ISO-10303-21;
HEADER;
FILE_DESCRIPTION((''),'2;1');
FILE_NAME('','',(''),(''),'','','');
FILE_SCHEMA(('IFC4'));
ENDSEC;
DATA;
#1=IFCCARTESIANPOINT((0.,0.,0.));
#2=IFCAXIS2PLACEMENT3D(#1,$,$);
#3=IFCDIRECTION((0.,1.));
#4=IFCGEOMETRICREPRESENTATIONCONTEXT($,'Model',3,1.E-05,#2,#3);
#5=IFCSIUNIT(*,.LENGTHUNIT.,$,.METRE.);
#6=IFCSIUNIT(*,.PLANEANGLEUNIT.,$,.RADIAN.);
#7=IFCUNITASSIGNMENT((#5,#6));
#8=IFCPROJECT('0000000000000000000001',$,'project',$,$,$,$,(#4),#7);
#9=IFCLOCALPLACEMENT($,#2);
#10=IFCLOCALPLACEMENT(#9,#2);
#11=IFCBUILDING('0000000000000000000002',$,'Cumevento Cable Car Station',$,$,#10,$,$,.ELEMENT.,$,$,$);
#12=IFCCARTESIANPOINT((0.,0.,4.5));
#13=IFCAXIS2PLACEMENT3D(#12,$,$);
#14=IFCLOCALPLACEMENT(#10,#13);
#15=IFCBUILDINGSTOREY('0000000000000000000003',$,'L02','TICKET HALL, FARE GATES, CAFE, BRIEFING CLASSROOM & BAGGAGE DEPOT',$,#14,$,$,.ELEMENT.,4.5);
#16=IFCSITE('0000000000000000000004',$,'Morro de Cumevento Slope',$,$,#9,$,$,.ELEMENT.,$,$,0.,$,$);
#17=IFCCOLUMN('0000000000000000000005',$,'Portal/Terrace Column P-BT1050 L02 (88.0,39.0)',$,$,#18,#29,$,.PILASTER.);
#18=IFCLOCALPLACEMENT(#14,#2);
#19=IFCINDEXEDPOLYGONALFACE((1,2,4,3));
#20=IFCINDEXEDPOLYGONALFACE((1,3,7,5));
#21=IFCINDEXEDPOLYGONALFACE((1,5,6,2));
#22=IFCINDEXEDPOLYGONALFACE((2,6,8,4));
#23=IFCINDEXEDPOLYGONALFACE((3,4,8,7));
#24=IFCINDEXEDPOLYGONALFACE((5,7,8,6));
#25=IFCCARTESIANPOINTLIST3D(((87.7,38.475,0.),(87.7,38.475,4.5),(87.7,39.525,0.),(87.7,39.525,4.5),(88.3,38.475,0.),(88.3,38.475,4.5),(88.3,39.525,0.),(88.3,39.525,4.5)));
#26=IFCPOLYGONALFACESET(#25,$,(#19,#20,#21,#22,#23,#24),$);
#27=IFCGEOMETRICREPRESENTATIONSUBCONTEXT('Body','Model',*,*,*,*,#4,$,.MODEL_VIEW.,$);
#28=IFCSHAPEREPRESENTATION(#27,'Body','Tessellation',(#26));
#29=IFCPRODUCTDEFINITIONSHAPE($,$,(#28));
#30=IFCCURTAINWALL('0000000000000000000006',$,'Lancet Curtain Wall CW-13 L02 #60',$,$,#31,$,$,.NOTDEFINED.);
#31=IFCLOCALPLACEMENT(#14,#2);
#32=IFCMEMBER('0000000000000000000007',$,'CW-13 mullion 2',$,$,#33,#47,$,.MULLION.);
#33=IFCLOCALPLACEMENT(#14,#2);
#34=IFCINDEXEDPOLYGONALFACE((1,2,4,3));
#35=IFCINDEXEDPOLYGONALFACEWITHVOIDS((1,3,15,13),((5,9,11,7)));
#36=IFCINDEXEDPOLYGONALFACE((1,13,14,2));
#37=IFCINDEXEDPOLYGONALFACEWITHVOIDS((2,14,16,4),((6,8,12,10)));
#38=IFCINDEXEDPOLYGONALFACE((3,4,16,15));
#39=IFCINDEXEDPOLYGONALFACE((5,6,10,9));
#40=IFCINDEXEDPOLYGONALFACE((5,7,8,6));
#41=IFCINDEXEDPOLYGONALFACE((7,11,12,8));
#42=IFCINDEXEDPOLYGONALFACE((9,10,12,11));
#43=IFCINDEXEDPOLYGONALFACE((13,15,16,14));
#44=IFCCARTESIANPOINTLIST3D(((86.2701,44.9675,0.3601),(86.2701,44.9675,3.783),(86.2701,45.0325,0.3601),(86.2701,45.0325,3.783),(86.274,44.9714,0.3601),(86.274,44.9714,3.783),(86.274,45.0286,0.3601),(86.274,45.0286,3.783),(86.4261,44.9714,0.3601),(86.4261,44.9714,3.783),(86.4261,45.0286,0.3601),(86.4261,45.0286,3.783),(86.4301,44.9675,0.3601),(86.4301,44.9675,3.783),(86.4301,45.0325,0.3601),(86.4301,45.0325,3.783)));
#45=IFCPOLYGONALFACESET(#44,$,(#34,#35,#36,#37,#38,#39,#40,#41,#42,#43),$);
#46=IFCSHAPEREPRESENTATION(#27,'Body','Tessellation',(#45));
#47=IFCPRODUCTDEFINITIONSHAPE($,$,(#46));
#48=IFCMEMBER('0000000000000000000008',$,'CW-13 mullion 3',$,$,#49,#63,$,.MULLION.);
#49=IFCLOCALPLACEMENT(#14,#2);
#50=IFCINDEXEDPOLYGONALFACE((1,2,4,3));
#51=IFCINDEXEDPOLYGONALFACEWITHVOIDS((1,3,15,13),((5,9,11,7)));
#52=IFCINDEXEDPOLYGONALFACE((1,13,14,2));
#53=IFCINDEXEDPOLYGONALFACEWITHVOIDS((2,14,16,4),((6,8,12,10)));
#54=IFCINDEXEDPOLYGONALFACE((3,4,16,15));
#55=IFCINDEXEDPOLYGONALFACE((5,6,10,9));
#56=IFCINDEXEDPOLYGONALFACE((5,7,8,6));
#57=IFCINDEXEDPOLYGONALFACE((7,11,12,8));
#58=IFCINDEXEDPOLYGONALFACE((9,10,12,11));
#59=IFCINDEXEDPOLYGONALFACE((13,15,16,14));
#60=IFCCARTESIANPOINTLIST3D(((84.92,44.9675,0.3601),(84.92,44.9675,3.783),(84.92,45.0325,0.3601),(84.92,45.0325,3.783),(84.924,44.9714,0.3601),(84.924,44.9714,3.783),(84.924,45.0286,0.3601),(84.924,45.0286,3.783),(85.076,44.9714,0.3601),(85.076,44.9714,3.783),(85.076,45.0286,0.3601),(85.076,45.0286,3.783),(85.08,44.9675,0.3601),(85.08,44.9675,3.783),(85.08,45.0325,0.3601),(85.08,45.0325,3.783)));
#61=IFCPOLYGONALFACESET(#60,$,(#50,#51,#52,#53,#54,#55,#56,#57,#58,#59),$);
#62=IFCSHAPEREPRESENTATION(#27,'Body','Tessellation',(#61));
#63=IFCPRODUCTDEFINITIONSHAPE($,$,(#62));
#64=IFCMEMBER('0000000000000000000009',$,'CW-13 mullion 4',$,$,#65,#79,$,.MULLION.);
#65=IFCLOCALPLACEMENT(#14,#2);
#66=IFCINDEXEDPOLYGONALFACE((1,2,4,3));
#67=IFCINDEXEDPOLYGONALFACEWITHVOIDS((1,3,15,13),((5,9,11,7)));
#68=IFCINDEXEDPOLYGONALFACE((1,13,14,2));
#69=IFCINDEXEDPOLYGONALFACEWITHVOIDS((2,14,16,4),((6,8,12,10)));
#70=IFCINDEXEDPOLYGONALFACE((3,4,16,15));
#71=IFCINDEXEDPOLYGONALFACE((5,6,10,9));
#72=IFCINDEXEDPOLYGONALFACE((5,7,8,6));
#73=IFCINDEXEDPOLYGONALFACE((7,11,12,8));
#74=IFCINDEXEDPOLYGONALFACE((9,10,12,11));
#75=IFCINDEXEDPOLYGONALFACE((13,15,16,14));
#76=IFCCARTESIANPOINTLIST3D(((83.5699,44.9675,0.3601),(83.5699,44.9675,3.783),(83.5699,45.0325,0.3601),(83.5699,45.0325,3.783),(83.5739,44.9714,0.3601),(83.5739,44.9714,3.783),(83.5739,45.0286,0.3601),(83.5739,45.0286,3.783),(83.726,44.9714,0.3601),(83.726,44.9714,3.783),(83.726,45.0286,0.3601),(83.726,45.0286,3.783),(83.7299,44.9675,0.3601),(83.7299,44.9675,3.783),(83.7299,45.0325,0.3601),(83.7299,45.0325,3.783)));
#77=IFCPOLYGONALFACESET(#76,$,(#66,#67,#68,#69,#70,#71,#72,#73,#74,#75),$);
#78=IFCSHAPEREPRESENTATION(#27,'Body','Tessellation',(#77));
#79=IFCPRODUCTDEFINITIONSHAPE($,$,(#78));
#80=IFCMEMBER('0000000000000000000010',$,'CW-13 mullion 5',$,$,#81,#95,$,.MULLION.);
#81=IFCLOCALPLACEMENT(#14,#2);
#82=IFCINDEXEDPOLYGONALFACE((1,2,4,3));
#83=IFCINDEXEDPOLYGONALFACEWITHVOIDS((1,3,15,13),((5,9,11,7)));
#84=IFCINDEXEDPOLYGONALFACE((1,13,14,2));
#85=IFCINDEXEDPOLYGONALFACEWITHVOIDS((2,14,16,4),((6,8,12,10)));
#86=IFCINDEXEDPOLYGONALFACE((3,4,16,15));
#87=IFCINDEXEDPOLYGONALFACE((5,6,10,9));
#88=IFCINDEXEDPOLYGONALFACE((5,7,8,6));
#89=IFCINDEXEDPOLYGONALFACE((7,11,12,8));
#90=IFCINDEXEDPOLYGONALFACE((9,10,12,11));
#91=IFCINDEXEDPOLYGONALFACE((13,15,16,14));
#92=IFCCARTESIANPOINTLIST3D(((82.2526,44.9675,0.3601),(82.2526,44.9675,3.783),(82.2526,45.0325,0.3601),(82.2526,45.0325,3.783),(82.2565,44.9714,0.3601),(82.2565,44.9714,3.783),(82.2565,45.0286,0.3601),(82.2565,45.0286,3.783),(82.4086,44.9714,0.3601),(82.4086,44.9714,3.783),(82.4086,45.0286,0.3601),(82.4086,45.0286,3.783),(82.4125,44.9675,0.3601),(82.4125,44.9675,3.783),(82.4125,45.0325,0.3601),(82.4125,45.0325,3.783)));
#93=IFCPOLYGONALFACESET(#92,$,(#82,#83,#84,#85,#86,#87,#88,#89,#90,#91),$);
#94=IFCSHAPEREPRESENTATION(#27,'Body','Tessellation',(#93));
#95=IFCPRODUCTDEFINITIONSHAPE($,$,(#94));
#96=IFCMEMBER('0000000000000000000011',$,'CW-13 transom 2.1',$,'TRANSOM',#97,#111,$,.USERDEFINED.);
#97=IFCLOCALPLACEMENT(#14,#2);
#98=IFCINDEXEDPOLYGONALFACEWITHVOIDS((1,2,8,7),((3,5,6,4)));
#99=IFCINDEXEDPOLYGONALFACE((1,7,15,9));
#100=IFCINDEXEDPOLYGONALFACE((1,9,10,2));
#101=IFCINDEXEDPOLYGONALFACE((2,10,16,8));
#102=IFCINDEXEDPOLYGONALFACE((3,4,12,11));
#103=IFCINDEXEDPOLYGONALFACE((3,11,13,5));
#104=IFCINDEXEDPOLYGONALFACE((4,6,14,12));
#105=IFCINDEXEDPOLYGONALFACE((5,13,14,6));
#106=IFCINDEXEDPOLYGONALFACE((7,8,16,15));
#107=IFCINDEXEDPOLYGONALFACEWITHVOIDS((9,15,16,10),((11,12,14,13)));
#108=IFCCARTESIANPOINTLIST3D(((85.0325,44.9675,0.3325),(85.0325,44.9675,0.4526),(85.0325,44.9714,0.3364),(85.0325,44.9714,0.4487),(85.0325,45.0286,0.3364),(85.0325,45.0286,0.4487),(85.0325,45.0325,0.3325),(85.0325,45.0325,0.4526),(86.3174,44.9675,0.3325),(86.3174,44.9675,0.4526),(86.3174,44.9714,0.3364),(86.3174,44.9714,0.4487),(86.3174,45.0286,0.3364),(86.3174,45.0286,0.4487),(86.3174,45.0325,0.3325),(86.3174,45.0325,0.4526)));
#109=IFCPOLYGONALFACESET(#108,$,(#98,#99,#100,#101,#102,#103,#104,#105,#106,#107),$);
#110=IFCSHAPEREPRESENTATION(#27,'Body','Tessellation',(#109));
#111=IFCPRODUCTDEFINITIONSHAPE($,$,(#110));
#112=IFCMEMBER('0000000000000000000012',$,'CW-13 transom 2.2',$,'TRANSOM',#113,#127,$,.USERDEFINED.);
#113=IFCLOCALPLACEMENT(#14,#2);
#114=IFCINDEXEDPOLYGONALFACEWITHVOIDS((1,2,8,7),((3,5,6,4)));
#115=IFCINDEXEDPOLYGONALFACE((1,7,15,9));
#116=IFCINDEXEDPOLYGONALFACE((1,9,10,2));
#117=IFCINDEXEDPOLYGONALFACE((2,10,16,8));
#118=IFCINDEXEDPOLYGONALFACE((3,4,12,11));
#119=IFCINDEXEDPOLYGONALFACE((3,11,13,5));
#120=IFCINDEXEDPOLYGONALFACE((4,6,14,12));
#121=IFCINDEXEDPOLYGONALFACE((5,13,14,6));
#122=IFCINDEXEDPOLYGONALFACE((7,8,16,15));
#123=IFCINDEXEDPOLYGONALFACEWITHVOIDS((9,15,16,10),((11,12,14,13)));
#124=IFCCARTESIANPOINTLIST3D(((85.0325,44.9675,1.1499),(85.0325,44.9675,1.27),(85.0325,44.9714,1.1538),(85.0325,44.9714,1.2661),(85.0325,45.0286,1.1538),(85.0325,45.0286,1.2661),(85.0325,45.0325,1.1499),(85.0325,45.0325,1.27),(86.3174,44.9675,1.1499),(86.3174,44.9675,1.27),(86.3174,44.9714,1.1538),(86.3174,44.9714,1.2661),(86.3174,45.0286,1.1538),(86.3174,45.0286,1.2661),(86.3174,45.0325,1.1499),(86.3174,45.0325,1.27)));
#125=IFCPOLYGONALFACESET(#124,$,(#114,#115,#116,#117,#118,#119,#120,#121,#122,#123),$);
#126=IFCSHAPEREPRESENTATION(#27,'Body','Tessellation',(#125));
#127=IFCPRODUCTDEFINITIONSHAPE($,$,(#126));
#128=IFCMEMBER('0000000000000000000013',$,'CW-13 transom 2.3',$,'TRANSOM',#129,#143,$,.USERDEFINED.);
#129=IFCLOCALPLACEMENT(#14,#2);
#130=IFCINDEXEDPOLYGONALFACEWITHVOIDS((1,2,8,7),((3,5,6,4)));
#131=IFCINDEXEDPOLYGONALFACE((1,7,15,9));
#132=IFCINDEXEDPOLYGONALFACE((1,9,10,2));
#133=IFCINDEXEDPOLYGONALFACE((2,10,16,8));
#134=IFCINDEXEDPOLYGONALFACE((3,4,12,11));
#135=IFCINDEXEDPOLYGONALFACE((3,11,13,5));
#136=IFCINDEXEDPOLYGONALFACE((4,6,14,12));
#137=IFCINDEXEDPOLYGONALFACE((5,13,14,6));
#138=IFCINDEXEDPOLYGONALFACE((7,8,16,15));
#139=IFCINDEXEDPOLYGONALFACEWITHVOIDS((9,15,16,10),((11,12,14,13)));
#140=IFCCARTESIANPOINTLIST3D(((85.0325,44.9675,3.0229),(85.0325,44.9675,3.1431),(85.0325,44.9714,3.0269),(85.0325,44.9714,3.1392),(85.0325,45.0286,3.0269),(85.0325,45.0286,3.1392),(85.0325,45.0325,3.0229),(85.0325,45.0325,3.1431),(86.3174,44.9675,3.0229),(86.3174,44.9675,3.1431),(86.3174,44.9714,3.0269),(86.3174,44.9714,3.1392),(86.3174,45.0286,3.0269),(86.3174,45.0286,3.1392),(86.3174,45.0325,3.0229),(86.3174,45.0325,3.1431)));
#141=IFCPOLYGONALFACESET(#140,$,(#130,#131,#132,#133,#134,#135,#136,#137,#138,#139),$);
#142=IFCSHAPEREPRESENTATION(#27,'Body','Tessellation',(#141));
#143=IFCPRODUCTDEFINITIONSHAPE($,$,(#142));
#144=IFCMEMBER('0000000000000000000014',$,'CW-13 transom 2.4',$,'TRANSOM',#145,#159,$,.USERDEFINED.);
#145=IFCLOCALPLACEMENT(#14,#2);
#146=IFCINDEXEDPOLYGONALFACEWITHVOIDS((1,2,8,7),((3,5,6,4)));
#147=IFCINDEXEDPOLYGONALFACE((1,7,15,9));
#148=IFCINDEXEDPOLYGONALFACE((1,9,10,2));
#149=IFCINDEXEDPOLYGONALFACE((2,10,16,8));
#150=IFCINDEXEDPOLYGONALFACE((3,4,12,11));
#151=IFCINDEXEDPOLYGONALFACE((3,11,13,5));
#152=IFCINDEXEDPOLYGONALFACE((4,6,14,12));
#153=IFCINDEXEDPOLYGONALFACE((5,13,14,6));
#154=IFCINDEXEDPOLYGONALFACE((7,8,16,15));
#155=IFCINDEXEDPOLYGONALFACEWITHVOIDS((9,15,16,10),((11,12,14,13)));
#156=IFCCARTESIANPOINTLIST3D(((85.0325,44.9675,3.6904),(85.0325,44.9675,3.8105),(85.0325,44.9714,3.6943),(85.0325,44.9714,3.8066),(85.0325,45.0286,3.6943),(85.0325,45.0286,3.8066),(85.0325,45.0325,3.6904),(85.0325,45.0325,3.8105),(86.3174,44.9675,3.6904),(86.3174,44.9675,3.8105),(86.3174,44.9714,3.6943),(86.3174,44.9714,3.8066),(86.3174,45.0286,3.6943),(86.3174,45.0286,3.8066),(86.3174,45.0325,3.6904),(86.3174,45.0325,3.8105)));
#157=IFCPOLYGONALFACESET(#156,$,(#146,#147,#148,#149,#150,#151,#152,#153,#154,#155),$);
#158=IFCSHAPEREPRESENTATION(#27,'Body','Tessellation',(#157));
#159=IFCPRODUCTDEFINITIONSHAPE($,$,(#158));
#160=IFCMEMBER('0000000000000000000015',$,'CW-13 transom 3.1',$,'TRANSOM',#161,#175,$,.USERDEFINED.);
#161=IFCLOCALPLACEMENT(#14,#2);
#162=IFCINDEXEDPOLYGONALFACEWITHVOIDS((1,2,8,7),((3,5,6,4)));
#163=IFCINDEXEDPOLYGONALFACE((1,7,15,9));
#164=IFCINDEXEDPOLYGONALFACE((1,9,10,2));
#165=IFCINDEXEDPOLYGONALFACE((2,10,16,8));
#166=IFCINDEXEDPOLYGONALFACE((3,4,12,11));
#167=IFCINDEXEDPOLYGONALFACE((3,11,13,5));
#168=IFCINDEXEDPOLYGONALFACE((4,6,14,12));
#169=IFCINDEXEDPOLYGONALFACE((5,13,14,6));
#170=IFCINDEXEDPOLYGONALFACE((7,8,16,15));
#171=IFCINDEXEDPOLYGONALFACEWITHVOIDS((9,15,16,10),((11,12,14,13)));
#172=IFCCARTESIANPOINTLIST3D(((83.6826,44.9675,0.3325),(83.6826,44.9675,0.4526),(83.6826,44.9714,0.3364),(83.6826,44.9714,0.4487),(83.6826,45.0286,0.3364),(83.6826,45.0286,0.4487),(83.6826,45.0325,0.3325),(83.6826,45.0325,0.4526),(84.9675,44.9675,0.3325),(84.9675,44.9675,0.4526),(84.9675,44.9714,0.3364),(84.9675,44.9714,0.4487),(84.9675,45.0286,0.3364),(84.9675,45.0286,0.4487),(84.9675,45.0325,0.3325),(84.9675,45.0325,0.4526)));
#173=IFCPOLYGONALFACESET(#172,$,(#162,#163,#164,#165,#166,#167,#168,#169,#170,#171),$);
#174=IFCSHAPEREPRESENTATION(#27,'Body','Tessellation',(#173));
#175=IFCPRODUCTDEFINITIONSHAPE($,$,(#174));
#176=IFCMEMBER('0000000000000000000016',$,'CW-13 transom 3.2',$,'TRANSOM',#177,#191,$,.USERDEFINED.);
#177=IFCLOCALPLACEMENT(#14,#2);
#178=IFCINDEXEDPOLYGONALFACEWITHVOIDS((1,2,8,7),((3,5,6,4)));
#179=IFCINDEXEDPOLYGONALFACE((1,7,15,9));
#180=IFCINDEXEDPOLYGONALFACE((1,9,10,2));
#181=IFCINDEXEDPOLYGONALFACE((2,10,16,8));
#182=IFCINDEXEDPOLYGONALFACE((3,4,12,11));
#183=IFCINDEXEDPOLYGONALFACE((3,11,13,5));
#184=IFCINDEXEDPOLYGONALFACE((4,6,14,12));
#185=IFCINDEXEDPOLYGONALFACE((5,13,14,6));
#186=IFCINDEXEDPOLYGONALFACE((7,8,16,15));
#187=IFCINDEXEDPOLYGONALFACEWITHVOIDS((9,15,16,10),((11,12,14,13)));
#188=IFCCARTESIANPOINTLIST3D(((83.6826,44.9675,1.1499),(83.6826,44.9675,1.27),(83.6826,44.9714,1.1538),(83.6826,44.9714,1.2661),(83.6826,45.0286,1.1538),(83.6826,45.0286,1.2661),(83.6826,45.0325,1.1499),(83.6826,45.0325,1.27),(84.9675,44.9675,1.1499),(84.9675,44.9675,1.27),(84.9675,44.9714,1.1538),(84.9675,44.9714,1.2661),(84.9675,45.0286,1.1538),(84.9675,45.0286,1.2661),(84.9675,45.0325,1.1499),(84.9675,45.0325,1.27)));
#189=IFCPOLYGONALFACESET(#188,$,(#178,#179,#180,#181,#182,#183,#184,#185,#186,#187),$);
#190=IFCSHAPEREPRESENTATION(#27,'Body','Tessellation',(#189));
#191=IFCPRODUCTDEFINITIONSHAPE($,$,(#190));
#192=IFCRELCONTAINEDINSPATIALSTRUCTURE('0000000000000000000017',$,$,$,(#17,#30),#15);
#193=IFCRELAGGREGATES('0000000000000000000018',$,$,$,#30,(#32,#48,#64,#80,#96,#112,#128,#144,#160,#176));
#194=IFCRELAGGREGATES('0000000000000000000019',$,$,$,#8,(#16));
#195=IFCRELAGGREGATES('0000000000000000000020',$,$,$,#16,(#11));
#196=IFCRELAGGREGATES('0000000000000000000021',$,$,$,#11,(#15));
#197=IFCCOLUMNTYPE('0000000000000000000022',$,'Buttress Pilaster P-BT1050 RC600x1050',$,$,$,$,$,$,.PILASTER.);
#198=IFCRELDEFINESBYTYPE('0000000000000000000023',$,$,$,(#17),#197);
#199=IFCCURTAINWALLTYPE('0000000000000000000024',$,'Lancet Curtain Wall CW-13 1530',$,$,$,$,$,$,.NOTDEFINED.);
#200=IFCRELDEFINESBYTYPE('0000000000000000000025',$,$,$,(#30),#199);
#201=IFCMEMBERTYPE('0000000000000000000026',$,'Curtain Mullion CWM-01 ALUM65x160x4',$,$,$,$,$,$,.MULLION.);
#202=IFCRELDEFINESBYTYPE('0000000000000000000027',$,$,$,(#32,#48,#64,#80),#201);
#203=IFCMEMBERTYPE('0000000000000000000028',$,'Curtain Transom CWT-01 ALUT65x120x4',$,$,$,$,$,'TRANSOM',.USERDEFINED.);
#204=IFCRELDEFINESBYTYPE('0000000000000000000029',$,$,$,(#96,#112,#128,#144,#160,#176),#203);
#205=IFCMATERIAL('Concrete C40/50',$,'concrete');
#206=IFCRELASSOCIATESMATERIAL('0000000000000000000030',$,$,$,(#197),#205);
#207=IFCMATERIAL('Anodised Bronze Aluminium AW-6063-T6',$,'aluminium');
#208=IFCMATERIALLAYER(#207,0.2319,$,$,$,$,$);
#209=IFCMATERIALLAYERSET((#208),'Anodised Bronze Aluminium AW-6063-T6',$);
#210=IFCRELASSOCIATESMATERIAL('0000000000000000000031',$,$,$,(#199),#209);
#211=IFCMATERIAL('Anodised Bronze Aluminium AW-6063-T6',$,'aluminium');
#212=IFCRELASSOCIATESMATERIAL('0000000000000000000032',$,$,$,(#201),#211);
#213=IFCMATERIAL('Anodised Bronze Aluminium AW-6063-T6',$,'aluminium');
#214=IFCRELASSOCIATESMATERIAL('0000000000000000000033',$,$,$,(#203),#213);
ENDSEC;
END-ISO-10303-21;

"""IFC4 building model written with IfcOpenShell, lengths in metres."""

from ifc_helpers import new_model, si_unit, direction, frame, origin, origin_2d, place, context, subcontext, project, spatial, rectangle, hollow_rectangle, extrude, material, layer, layer_set, material_profile, profile_set, type_object, element, aggregate, save


model = new_model("IFC4")

# Units and contexts
model_context = context("Model", 3, precision=1e-05, world=origin(), true_north=direction((0.0, 1.0)))
body_context = subcontext(model_context, "Body", "Model", "MODEL_VIEW")
ifc_project = project(units=[si_unit("LENGTHUNIT", "METRE"), si_unit("PLANEANGLEUNIT", "RADIAN")], contexts=[model_context])

# Site, building, storey
site_placement = place(None, origin())
site = spatial("IfcSite", under=ifc_project, at=site_placement, Name="Morro de Cumevento Slope", CompositionType="ELEMENT", RefElevation=0.0)
building_placement = place(site_placement, origin())
building = spatial("IfcBuilding", under=site, at=building_placement, Name="Cumevento Cable Car Station", CompositionType="ELEMENT")
storey_placement = place(building_placement, frame((0.0, 0.0, 4.5)))
storey = spatial("IfcBuildingStorey", under=building, at=storey_placement, Name="L02", Description="TICKET HALL, FARE GATES, CAFE, BRIEFING CLASSROOM & BAGGAGE DEPOT", CompositionType="ELEMENT", Elevation=4.5)

# Column
ifc_material_1 = material(Name="Concrete C40/50", Category="concrete")
ifc_material_profile_1 = material_profile(ifc_material_1, rectangle(XDim=0.6001, YDim=1.05, at=origin_2d()), Name="RC600x1050")
ifc_profile_set_1 = profile_set([ifc_material_profile_1], Name="Concrete C40/50")
column_type = type_object("IfcColumnType", Name="Buttress Pilaster P-BT1050 RC600x1050", PredefinedType="PILASTER", material=ifc_profile_set_1)
column_placement = place(storey_placement, frame((88.0, 39.0, 0.0), z_axis=(0.0, 0.0, 1.0), x_axis=(1.0, 0.0, 0.0)))
element("IfcColumn", 1, at=column_placement, inside=storey, type_object=column_type, Name="Portal/Terrace Column P-BT1050 L02 (88.0,39.0)", PredefinedType="PILASTER", context=body_context, shape_type="SweptSolid", body=[
    extrude(rectangle(XDim=0.6001, YDim=1.05, at=origin_2d()), origin(), (0.0, 0.0, 1.0), 4.5),
])

# Curtain wall, members
ifc_material_2 = material(Name="Anodised Bronze Aluminium AW-6063-T6", Category="aluminium")
ifc_layer_1 = layer(ifc_material_2, 0.2319)
ifc_layer_set_1 = layer_set([ifc_layer_1], Name="Anodised Bronze Aluminium AW-6063-T6")
curtain_wall_type = type_object("IfcCurtainWallType", Name="Lancet Curtain Wall CW-13 1530", PredefinedType="NOTDEFINED", material=ifc_layer_set_1)
curtain_wall_placement = place(storey_placement, origin())
curtain_wall = element("IfcCurtainWall", 2, at=curtain_wall_placement, inside=storey, type_object=curtain_wall_type, Name="Lancet Curtain Wall CW-13 L02 #60", PredefinedType="NOTDEFINED")
ifc_material_3 = material(Name="Anodised Bronze Aluminium AW-6063-T6", Category="aluminium")
ifc_material_profile_2 = material_profile(ifc_material_3, hollow_rectangle(XDim=0.0649, YDim=0.1599, WallThickness=0.0039, at=origin_2d()), Name="ALUM65x160x4")
ifc_profile_set_2 = profile_set([ifc_material_profile_2], Name="Anodised Bronze Aluminium AW-6063-T6")
member_type_1 = type_object("IfcMemberType", Name="Curtain Mullion CWM-01 ALUM65x160x4", PredefinedType="MULLION", material=ifc_profile_set_2)
member_1_placement = place(storey_placement, frame((86.3501, 45.0, 0.3601), z_axis=(0.0, 0.0, 1.0), x_axis=(0.0, -1.0, 0.0)))
member_1 = element("IfcMember", 3, at=member_1_placement, type_object=member_type_1, Name="CW-13 mullion 2", PredefinedType="MULLION", context=body_context, shape_type="SweptSolid", body=[
    extrude(hollow_rectangle(XDim=0.0649, YDim=0.1599, WallThickness=0.0039, at=origin_2d()), origin(), (0.0, 0.0, 1.0), 3.4229),
])
member_2_placement = place(storey_placement, frame((85.0, 45.0, 0.3601), z_axis=(0.0, 0.0, 1.0), x_axis=(0.0, -1.0, 0.0)))
member_2 = element("IfcMember", 4, at=member_2_placement, type_object=member_type_1, Name="CW-13 mullion 3", PredefinedType="MULLION", context=body_context, shape_type="SweptSolid", body=[
    extrude(hollow_rectangle(XDim=0.0649, YDim=0.1599, WallThickness=0.0039, at=origin_2d()), origin(), (0.0, 0.0, 1.0), 3.4229),
])
member_3_placement = place(storey_placement, frame((83.6499, 45.0, 0.3601), z_axis=(0.0, 0.0, 1.0), x_axis=(0.0, -1.0, 0.0)))
member_3 = element("IfcMember", 5, at=member_3_placement, type_object=member_type_1, Name="CW-13 mullion 4", PredefinedType="MULLION", context=body_context, shape_type="SweptSolid", body=[
    extrude(hollow_rectangle(XDim=0.0649, YDim=0.1599, WallThickness=0.0039, at=origin_2d()), origin(), (0.0, 0.0, 1.0), 3.4229),
])
member_4_placement = place(storey_placement, frame((82.3325, 45.0, 0.3601), z_axis=(0.0, 0.0, 1.0), x_axis=(0.0, -1.0, 0.0)))
member_4 = element("IfcMember", 6, at=member_4_placement, type_object=member_type_1, Name="CW-13 mullion 5", PredefinedType="MULLION", context=body_context, shape_type="SweptSolid", body=[
    extrude(hollow_rectangle(XDim=0.0649, YDim=0.1599, WallThickness=0.0039, at=origin_2d()), origin(), (0.0, 0.0, 1.0), 3.4229),
])
ifc_material_4 = material(Name="Anodised Bronze Aluminium AW-6063-T6", Category="aluminium")
ifc_material_profile_3 = material_profile(ifc_material_4, hollow_rectangle(XDim=0.0649, YDim=0.1201, WallThickness=0.0039, at=origin_2d()), Name="ALUT65x120x4")
ifc_profile_set_3 = profile_set([ifc_material_profile_3], Name="Anodised Bronze Aluminium AW-6063-T6")
member_type_2 = type_object("IfcMemberType", Name="Curtain Transom CWT-01 ALUT65x120x4", ElementType="TRANSOM", PredefinedType="USERDEFINED", material=ifc_profile_set_3)
member_5_placement = place(storey_placement, frame((86.3174, 45.0, 0.3926), z_axis=(-1.0, 0.0, 0.0), x_axis=(0.0, -1.0, 0.0)))
member_5 = element("IfcMember", 7, at=member_5_placement, type_object=member_type_2, Name="CW-13 transom 2.1", ObjectType="TRANSOM", PredefinedType="USERDEFINED", context=body_context, shape_type="SweptSolid", body=[
    extrude(hollow_rectangle(XDim=0.0649, YDim=0.1201, WallThickness=0.0039, at=origin_2d()), origin(), (0.0, 0.0, 1.0), 1.2849),
])
member_6_placement = place(storey_placement, frame((86.3174, 45.0, 1.21), z_axis=(-1.0, 0.0, 0.0), x_axis=(0.0, -1.0, 0.0)))
member_6 = element("IfcMember", 8, at=member_6_placement, type_object=member_type_2, Name="CW-13 transom 2.2", ObjectType="TRANSOM", PredefinedType="USERDEFINED", context=body_context, shape_type="SweptSolid", body=[
    extrude(hollow_rectangle(XDim=0.0649, YDim=0.1201, WallThickness=0.0039, at=origin_2d()), origin(), (0.0, 0.0, 1.0), 1.2849),
])
member_7_placement = place(storey_placement, frame((86.3174, 45.0, 3.083), z_axis=(-1.0, 0.0, 0.0), x_axis=(0.0, -1.0, 0.0)))
member_7 = element("IfcMember", 9, at=member_7_placement, type_object=member_type_2, Name="CW-13 transom 2.3", ObjectType="TRANSOM", PredefinedType="USERDEFINED", context=body_context, shape_type="SweptSolid", body=[
    extrude(hollow_rectangle(XDim=0.0649, YDim=0.1201, WallThickness=0.0039, at=origin_2d()), origin(), (0.0, 0.0, 1.0), 1.2849),
])
member_8_placement = place(storey_placement, frame((86.3174, 45.0, 3.7505), z_axis=(-1.0, 0.0, 0.0), x_axis=(0.0, -1.0, 0.0)))
member_8 = element("IfcMember", 10, at=member_8_placement, type_object=member_type_2, Name="CW-13 transom 2.4", ObjectType="TRANSOM", PredefinedType="USERDEFINED", context=body_context, shape_type="SweptSolid", body=[
    extrude(hollow_rectangle(XDim=0.0649, YDim=0.1201, WallThickness=0.0039, at=origin_2d()), origin(), (0.0, 0.0, 1.0), 1.2849),
])
member_9_placement = place(storey_placement, frame((84.9675, 45.0, 0.3926), z_axis=(-1.0, 0.0, 0.0), x_axis=(0.0, -1.0, 0.0)))
member_9 = element("IfcMember", 11, at=member_9_placement, type_object=member_type_2, Name="CW-13 transom 3.1", ObjectType="TRANSOM", PredefinedType="USERDEFINED", context=body_context, shape_type="SweptSolid", body=[
    extrude(hollow_rectangle(XDim=0.0649, YDim=0.1201, WallThickness=0.0039, at=origin_2d()), origin(), (0.0, 0.0, 1.0), 1.2849),
])
member_10_placement = place(storey_placement, frame((84.9675, 45.0, 1.21), z_axis=(-1.0, 0.0, 0.0), x_axis=(0.0, -1.0, 0.0)))
member_10 = element("IfcMember", 12, at=member_10_placement, type_object=member_type_2, Name="CW-13 transom 3.2", ObjectType="TRANSOM", PredefinedType="USERDEFINED", context=body_context, shape_type="SweptSolid", body=[
    extrude(hollow_rectangle(XDim=0.0649, YDim=0.1201, WallThickness=0.0039, at=origin_2d()), origin(), (0.0, 0.0, 1.0), 1.2849),
])

aggregate(curtain_wall, [member_1, member_2, member_3, member_4, member_5, member_6, member_7, member_8, member_9, member_10])

save(model, "model.ifc")
